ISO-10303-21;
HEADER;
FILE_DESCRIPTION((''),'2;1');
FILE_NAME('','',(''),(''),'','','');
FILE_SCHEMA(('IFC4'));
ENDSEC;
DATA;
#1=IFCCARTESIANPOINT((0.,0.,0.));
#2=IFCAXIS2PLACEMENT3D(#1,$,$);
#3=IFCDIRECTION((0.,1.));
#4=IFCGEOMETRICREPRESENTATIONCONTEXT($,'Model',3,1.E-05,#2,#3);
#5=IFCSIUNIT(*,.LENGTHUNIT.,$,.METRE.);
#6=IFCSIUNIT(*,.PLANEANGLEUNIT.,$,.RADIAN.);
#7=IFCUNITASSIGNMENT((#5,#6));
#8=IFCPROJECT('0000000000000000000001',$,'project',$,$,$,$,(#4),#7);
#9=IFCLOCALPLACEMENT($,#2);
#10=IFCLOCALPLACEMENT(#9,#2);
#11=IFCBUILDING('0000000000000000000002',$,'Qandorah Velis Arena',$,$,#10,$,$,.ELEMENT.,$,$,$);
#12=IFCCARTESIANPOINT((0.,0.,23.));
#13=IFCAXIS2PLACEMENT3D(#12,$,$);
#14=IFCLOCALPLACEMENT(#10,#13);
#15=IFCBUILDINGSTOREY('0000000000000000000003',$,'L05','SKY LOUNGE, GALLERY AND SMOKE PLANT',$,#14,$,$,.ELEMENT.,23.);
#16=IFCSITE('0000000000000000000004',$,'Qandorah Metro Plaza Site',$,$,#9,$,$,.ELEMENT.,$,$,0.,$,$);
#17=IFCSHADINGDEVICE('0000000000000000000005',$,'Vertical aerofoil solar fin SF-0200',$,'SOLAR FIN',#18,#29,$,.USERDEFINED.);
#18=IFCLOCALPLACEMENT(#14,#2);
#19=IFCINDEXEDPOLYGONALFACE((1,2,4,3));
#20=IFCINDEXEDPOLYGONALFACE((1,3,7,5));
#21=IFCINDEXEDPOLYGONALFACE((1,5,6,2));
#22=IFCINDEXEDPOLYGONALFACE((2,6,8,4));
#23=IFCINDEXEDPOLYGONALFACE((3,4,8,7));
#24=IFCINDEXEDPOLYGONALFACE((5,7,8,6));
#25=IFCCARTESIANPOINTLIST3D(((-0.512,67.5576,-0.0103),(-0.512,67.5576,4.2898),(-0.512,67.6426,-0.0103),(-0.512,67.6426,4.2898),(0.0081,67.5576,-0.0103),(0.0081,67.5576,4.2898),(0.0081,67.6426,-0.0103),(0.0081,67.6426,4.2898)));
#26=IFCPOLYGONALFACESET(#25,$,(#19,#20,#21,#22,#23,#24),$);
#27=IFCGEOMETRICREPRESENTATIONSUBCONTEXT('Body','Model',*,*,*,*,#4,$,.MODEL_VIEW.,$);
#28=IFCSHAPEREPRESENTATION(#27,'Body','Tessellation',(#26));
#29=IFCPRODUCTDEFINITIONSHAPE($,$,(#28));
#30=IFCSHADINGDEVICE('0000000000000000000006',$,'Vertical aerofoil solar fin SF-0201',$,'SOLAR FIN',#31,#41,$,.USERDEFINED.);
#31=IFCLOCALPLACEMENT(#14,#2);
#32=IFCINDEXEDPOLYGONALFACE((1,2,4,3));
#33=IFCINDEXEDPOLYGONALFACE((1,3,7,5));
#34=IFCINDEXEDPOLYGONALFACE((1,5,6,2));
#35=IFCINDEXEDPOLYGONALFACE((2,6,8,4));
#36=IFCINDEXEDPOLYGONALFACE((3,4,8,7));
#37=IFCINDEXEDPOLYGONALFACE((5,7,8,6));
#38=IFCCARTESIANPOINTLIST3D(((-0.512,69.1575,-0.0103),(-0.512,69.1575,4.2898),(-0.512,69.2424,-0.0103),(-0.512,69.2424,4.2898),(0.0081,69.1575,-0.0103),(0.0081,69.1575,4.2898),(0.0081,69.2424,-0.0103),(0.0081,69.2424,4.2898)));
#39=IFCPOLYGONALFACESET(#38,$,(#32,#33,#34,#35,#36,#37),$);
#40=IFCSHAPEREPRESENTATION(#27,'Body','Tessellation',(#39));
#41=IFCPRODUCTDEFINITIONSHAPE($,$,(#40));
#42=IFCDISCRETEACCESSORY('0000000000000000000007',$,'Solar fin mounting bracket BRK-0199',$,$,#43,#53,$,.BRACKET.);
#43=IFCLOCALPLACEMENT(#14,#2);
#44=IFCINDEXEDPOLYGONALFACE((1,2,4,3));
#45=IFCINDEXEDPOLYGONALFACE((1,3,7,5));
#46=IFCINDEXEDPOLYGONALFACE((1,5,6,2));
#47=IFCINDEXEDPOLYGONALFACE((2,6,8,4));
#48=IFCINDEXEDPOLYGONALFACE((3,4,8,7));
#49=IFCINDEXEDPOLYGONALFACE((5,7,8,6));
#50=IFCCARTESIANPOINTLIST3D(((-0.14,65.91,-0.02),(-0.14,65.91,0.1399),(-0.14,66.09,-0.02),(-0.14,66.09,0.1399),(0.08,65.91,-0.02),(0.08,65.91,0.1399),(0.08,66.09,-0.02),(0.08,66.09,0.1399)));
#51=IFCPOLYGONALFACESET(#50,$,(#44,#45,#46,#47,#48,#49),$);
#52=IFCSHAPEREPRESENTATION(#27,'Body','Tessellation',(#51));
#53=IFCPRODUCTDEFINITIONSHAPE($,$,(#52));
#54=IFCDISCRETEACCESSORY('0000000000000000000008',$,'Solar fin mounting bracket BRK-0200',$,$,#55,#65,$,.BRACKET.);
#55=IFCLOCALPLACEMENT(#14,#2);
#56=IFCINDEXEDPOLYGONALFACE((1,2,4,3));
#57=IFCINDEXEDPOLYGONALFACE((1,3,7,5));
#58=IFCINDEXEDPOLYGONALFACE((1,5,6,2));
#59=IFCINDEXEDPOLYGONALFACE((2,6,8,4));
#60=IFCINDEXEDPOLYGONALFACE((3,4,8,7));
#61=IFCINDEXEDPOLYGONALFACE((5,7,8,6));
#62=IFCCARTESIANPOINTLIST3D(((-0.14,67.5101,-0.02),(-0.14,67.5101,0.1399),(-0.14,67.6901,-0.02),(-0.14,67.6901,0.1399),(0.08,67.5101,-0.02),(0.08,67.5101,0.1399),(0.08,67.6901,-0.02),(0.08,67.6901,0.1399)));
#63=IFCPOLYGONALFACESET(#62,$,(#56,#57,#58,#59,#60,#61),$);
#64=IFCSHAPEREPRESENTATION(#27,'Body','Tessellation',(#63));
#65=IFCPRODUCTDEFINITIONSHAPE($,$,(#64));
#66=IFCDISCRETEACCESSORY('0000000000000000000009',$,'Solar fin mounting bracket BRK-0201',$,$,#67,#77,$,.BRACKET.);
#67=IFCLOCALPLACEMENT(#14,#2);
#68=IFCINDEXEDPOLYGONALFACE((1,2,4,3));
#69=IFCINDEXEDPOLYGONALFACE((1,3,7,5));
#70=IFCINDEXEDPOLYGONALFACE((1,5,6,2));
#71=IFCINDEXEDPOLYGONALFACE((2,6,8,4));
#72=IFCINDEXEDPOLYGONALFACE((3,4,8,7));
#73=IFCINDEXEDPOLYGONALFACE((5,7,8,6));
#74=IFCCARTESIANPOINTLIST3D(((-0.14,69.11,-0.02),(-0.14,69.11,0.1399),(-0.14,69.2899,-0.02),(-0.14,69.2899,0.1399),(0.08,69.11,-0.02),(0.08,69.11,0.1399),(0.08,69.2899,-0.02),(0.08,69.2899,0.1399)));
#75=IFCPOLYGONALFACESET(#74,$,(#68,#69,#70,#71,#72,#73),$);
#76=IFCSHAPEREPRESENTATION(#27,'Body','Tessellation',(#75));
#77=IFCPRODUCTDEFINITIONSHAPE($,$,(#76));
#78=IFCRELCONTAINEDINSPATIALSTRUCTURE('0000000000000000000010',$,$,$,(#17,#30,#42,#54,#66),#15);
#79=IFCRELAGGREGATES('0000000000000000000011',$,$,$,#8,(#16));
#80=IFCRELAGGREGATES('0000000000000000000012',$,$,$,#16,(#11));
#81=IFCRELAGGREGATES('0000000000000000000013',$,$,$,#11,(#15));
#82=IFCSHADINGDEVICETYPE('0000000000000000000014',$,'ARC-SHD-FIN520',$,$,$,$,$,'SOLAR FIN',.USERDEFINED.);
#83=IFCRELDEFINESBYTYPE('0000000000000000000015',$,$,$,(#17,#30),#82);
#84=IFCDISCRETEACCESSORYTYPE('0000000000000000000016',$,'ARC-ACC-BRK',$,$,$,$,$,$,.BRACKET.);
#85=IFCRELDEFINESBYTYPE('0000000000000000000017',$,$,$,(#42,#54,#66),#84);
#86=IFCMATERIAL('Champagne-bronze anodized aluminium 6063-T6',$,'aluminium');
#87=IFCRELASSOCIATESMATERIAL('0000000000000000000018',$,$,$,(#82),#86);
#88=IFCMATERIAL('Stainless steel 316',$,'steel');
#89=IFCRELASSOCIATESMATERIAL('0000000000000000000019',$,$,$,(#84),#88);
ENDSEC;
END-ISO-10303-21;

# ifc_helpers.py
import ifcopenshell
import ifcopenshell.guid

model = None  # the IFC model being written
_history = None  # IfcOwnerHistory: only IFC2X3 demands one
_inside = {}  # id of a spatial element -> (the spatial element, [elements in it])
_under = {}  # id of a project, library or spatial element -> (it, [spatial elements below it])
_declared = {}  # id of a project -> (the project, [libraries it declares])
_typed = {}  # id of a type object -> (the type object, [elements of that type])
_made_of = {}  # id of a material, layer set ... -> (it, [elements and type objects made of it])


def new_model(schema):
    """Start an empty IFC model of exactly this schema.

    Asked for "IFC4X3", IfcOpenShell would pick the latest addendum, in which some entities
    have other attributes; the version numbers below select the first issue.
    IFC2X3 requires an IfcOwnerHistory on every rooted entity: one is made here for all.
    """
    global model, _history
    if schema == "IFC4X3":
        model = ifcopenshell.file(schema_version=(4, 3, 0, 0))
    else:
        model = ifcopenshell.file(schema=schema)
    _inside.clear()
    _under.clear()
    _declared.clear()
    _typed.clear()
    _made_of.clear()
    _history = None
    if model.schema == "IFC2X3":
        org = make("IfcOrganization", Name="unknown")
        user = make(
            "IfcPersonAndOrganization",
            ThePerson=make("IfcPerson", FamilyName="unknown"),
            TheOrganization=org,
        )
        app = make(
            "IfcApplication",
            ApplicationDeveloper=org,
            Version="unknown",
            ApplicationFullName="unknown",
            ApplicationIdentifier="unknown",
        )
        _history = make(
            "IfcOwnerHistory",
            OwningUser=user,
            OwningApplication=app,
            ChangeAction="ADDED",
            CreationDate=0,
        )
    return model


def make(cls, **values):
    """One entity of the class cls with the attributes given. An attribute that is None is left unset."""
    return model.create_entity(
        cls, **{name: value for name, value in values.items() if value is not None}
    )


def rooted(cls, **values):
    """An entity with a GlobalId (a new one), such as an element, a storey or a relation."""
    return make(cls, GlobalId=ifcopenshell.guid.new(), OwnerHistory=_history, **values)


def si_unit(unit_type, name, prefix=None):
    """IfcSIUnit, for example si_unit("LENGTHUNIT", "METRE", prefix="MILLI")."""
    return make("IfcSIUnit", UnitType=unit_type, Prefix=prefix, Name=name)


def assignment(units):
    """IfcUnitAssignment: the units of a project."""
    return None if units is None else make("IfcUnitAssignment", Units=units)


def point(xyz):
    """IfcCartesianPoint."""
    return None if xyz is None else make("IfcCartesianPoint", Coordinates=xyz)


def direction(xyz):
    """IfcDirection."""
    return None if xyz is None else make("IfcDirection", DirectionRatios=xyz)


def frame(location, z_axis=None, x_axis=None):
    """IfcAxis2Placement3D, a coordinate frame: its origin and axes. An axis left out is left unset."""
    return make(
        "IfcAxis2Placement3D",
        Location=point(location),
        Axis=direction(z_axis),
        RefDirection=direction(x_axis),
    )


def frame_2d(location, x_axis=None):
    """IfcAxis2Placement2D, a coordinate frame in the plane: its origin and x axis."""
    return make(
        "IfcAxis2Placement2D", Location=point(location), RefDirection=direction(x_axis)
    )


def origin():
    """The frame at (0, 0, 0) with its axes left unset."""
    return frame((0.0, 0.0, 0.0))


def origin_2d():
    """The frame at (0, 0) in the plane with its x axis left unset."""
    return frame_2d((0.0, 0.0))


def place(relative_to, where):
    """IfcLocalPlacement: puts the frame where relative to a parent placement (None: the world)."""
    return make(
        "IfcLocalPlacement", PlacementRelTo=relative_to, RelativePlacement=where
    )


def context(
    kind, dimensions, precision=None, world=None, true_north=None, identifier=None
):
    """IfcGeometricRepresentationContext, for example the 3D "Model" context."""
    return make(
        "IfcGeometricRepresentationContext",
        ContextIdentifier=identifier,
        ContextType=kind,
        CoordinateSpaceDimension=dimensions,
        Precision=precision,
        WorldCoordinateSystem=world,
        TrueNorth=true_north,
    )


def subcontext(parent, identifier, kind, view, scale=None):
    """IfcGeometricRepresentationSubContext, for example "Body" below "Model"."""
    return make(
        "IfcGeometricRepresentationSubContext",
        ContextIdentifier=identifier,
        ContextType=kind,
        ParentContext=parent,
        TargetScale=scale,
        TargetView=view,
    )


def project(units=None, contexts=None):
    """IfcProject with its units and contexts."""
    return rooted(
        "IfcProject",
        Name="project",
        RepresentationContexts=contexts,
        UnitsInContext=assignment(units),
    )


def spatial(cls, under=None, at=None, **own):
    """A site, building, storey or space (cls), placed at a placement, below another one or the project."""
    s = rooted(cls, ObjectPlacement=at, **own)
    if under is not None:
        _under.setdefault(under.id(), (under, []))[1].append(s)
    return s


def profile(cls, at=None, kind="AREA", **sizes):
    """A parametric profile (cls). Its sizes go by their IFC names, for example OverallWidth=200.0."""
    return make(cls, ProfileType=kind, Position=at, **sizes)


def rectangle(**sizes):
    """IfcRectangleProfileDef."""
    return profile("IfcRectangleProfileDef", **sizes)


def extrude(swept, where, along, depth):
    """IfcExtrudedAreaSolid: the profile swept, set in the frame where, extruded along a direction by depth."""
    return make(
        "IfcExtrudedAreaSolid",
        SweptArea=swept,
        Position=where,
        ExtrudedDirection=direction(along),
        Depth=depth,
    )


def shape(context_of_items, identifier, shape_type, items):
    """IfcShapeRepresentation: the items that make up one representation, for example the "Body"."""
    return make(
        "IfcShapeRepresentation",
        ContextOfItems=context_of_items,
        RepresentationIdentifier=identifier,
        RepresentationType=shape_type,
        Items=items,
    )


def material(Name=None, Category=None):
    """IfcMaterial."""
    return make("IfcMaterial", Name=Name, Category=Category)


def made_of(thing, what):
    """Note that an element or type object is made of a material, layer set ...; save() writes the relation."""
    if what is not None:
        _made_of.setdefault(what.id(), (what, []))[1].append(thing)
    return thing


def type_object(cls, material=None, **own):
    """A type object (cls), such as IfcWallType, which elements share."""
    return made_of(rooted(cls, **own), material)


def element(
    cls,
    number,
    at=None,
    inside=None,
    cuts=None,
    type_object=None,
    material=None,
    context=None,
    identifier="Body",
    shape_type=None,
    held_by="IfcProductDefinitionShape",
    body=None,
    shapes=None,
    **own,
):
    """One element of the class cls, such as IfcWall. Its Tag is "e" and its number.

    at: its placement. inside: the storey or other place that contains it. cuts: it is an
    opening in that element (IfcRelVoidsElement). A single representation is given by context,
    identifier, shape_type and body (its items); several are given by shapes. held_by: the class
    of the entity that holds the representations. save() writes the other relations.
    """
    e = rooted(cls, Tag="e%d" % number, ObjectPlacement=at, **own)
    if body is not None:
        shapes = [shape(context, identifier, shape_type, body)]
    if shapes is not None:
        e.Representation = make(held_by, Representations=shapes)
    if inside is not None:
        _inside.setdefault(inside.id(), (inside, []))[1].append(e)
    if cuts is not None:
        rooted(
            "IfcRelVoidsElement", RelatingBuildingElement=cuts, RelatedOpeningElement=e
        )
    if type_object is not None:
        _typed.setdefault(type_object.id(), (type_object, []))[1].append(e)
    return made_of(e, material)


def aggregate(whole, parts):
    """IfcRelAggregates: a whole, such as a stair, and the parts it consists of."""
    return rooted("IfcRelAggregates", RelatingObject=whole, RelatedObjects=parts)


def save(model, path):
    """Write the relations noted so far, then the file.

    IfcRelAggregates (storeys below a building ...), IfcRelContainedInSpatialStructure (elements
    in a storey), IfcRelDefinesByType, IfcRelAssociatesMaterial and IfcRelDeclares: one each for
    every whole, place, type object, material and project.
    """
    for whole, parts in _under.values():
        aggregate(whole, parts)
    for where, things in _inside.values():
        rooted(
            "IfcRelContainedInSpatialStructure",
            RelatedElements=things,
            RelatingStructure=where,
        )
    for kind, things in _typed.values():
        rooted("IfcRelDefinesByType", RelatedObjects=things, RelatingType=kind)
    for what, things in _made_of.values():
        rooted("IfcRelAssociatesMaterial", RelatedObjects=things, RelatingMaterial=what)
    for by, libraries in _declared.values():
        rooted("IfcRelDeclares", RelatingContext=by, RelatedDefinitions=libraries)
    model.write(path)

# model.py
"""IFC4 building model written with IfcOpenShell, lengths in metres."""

from ifc_helpers import new_model, si_unit, direction, frame, origin, origin_2d, place, context, subcontext, project, spatial, rectangle, extrude, material, type_object, element, save


model = new_model("IFC4")

# Units and contexts
model_context = context("Model", 3, precision=1e-05, world=origin(), true_north=direction((0.0, 1.0)))
body_context = subcontext(model_context, "Body", "Model", "MODEL_VIEW")
ifc_project = project(units=[si_unit("LENGTHUNIT", "METRE"), si_unit("PLANEANGLEUNIT", "RADIAN")], contexts=[model_context])

# Site, building, storey
site_placement = place(None, origin())
site = spatial("IfcSite", under=ifc_project, at=site_placement, Name="Qandorah Metro Plaza Site", CompositionType="ELEMENT", RefElevation=0.0)
building_placement = place(site_placement, origin())
building = spatial("IfcBuilding", under=site, at=building_placement, Name="Qandorah Velis Arena", CompositionType="ELEMENT")
storey_placement = place(building_placement, frame((0.0, 0.0, 23.0)))
storey = spatial("IfcBuildingStorey", under=building, at=storey_placement, Name="L05", Description="SKY LOUNGE, GALLERY AND SMOKE PLANT", CompositionType="ELEMENT", Elevation=23.0)

# Shared definitions
ifc_material_1 = material(Name="Champagne-bronze anodized aluminium 6063-T6", Category="aluminium")

# Shading devices
shading_device_type = type_object("IfcShadingDeviceType", Name="ARC-SHD-FIN520", ElementType="SOLAR FIN", PredefinedType="USERDEFINED", material=ifc_material_1)
for number, where, z_axis, x_axis, name in (
    (1, (-0.252, 67.6001, -0.0103), (0.0, 0.0, 1.0), (1.0, 0.0, 0.0), "Vertical aerofoil solar fin SF-0200"),
    (2, (-0.252, 69.2, -0.0103), (0.0, 0.0, 1.0), (1.0, 0.0, 0.0), "Vertical aerofoil solar fin SF-0201"),
):
    element("IfcShadingDevice", number, at=place(storey_placement, frame(where, z_axis=z_axis, x_axis=x_axis)), inside=storey, type_object=shading_device_type, Name=name, ObjectType="SOLAR FIN", PredefinedType="USERDEFINED", context=body_context, shape_type="SweptSolid", body=[
        extrude(rectangle(XDim=0.52, YDim=0.085, at=origin_2d()), origin(), (0.0, 0.0, 1.0), 4.3),
    ])

# Discrete accessories
ifc_material_2 = material(Name="Stainless steel 316", Category="steel")
discrete_accessory_type = type_object("IfcDiscreteAccessoryType", Name="ARC-ACC-BRK", PredefinedType="BRACKET", material=ifc_material_2)
for number, where, z_axis, x_axis, name in (
    (3, (-0.03, 66.0, -0.02), (0.0, 0.0, 1.0), (1.0, 0.0, 0.0), "Solar fin mounting bracket BRK-0199"),
    (4, (-0.03, 67.6001, -0.02), (0.0, 0.0, 1.0), (1.0, 0.0, 0.0), "Solar fin mounting bracket BRK-0200"),
    (5, (-0.03, 69.2, -0.02), (0.0, 0.0, 1.0), (1.0, 0.0, 0.0), "Solar fin mounting bracket BRK-0201"),
):
    element("IfcDiscreteAccessory", number, at=place(storey_placement, frame(where, z_axis=z_axis, x_axis=x_axis)), inside=storey, type_object=discrete_accessory_type, Name=name, PredefinedType="BRACKET", context=body_context, shape_type="SweptSolid", body=[
        extrude(rectangle(XDim=0.22, YDim=0.1799, at=origin_2d()), origin(), (0.0, 0.0, 1.0), 0.1599),
    ])

save(model, "model.ifc")
